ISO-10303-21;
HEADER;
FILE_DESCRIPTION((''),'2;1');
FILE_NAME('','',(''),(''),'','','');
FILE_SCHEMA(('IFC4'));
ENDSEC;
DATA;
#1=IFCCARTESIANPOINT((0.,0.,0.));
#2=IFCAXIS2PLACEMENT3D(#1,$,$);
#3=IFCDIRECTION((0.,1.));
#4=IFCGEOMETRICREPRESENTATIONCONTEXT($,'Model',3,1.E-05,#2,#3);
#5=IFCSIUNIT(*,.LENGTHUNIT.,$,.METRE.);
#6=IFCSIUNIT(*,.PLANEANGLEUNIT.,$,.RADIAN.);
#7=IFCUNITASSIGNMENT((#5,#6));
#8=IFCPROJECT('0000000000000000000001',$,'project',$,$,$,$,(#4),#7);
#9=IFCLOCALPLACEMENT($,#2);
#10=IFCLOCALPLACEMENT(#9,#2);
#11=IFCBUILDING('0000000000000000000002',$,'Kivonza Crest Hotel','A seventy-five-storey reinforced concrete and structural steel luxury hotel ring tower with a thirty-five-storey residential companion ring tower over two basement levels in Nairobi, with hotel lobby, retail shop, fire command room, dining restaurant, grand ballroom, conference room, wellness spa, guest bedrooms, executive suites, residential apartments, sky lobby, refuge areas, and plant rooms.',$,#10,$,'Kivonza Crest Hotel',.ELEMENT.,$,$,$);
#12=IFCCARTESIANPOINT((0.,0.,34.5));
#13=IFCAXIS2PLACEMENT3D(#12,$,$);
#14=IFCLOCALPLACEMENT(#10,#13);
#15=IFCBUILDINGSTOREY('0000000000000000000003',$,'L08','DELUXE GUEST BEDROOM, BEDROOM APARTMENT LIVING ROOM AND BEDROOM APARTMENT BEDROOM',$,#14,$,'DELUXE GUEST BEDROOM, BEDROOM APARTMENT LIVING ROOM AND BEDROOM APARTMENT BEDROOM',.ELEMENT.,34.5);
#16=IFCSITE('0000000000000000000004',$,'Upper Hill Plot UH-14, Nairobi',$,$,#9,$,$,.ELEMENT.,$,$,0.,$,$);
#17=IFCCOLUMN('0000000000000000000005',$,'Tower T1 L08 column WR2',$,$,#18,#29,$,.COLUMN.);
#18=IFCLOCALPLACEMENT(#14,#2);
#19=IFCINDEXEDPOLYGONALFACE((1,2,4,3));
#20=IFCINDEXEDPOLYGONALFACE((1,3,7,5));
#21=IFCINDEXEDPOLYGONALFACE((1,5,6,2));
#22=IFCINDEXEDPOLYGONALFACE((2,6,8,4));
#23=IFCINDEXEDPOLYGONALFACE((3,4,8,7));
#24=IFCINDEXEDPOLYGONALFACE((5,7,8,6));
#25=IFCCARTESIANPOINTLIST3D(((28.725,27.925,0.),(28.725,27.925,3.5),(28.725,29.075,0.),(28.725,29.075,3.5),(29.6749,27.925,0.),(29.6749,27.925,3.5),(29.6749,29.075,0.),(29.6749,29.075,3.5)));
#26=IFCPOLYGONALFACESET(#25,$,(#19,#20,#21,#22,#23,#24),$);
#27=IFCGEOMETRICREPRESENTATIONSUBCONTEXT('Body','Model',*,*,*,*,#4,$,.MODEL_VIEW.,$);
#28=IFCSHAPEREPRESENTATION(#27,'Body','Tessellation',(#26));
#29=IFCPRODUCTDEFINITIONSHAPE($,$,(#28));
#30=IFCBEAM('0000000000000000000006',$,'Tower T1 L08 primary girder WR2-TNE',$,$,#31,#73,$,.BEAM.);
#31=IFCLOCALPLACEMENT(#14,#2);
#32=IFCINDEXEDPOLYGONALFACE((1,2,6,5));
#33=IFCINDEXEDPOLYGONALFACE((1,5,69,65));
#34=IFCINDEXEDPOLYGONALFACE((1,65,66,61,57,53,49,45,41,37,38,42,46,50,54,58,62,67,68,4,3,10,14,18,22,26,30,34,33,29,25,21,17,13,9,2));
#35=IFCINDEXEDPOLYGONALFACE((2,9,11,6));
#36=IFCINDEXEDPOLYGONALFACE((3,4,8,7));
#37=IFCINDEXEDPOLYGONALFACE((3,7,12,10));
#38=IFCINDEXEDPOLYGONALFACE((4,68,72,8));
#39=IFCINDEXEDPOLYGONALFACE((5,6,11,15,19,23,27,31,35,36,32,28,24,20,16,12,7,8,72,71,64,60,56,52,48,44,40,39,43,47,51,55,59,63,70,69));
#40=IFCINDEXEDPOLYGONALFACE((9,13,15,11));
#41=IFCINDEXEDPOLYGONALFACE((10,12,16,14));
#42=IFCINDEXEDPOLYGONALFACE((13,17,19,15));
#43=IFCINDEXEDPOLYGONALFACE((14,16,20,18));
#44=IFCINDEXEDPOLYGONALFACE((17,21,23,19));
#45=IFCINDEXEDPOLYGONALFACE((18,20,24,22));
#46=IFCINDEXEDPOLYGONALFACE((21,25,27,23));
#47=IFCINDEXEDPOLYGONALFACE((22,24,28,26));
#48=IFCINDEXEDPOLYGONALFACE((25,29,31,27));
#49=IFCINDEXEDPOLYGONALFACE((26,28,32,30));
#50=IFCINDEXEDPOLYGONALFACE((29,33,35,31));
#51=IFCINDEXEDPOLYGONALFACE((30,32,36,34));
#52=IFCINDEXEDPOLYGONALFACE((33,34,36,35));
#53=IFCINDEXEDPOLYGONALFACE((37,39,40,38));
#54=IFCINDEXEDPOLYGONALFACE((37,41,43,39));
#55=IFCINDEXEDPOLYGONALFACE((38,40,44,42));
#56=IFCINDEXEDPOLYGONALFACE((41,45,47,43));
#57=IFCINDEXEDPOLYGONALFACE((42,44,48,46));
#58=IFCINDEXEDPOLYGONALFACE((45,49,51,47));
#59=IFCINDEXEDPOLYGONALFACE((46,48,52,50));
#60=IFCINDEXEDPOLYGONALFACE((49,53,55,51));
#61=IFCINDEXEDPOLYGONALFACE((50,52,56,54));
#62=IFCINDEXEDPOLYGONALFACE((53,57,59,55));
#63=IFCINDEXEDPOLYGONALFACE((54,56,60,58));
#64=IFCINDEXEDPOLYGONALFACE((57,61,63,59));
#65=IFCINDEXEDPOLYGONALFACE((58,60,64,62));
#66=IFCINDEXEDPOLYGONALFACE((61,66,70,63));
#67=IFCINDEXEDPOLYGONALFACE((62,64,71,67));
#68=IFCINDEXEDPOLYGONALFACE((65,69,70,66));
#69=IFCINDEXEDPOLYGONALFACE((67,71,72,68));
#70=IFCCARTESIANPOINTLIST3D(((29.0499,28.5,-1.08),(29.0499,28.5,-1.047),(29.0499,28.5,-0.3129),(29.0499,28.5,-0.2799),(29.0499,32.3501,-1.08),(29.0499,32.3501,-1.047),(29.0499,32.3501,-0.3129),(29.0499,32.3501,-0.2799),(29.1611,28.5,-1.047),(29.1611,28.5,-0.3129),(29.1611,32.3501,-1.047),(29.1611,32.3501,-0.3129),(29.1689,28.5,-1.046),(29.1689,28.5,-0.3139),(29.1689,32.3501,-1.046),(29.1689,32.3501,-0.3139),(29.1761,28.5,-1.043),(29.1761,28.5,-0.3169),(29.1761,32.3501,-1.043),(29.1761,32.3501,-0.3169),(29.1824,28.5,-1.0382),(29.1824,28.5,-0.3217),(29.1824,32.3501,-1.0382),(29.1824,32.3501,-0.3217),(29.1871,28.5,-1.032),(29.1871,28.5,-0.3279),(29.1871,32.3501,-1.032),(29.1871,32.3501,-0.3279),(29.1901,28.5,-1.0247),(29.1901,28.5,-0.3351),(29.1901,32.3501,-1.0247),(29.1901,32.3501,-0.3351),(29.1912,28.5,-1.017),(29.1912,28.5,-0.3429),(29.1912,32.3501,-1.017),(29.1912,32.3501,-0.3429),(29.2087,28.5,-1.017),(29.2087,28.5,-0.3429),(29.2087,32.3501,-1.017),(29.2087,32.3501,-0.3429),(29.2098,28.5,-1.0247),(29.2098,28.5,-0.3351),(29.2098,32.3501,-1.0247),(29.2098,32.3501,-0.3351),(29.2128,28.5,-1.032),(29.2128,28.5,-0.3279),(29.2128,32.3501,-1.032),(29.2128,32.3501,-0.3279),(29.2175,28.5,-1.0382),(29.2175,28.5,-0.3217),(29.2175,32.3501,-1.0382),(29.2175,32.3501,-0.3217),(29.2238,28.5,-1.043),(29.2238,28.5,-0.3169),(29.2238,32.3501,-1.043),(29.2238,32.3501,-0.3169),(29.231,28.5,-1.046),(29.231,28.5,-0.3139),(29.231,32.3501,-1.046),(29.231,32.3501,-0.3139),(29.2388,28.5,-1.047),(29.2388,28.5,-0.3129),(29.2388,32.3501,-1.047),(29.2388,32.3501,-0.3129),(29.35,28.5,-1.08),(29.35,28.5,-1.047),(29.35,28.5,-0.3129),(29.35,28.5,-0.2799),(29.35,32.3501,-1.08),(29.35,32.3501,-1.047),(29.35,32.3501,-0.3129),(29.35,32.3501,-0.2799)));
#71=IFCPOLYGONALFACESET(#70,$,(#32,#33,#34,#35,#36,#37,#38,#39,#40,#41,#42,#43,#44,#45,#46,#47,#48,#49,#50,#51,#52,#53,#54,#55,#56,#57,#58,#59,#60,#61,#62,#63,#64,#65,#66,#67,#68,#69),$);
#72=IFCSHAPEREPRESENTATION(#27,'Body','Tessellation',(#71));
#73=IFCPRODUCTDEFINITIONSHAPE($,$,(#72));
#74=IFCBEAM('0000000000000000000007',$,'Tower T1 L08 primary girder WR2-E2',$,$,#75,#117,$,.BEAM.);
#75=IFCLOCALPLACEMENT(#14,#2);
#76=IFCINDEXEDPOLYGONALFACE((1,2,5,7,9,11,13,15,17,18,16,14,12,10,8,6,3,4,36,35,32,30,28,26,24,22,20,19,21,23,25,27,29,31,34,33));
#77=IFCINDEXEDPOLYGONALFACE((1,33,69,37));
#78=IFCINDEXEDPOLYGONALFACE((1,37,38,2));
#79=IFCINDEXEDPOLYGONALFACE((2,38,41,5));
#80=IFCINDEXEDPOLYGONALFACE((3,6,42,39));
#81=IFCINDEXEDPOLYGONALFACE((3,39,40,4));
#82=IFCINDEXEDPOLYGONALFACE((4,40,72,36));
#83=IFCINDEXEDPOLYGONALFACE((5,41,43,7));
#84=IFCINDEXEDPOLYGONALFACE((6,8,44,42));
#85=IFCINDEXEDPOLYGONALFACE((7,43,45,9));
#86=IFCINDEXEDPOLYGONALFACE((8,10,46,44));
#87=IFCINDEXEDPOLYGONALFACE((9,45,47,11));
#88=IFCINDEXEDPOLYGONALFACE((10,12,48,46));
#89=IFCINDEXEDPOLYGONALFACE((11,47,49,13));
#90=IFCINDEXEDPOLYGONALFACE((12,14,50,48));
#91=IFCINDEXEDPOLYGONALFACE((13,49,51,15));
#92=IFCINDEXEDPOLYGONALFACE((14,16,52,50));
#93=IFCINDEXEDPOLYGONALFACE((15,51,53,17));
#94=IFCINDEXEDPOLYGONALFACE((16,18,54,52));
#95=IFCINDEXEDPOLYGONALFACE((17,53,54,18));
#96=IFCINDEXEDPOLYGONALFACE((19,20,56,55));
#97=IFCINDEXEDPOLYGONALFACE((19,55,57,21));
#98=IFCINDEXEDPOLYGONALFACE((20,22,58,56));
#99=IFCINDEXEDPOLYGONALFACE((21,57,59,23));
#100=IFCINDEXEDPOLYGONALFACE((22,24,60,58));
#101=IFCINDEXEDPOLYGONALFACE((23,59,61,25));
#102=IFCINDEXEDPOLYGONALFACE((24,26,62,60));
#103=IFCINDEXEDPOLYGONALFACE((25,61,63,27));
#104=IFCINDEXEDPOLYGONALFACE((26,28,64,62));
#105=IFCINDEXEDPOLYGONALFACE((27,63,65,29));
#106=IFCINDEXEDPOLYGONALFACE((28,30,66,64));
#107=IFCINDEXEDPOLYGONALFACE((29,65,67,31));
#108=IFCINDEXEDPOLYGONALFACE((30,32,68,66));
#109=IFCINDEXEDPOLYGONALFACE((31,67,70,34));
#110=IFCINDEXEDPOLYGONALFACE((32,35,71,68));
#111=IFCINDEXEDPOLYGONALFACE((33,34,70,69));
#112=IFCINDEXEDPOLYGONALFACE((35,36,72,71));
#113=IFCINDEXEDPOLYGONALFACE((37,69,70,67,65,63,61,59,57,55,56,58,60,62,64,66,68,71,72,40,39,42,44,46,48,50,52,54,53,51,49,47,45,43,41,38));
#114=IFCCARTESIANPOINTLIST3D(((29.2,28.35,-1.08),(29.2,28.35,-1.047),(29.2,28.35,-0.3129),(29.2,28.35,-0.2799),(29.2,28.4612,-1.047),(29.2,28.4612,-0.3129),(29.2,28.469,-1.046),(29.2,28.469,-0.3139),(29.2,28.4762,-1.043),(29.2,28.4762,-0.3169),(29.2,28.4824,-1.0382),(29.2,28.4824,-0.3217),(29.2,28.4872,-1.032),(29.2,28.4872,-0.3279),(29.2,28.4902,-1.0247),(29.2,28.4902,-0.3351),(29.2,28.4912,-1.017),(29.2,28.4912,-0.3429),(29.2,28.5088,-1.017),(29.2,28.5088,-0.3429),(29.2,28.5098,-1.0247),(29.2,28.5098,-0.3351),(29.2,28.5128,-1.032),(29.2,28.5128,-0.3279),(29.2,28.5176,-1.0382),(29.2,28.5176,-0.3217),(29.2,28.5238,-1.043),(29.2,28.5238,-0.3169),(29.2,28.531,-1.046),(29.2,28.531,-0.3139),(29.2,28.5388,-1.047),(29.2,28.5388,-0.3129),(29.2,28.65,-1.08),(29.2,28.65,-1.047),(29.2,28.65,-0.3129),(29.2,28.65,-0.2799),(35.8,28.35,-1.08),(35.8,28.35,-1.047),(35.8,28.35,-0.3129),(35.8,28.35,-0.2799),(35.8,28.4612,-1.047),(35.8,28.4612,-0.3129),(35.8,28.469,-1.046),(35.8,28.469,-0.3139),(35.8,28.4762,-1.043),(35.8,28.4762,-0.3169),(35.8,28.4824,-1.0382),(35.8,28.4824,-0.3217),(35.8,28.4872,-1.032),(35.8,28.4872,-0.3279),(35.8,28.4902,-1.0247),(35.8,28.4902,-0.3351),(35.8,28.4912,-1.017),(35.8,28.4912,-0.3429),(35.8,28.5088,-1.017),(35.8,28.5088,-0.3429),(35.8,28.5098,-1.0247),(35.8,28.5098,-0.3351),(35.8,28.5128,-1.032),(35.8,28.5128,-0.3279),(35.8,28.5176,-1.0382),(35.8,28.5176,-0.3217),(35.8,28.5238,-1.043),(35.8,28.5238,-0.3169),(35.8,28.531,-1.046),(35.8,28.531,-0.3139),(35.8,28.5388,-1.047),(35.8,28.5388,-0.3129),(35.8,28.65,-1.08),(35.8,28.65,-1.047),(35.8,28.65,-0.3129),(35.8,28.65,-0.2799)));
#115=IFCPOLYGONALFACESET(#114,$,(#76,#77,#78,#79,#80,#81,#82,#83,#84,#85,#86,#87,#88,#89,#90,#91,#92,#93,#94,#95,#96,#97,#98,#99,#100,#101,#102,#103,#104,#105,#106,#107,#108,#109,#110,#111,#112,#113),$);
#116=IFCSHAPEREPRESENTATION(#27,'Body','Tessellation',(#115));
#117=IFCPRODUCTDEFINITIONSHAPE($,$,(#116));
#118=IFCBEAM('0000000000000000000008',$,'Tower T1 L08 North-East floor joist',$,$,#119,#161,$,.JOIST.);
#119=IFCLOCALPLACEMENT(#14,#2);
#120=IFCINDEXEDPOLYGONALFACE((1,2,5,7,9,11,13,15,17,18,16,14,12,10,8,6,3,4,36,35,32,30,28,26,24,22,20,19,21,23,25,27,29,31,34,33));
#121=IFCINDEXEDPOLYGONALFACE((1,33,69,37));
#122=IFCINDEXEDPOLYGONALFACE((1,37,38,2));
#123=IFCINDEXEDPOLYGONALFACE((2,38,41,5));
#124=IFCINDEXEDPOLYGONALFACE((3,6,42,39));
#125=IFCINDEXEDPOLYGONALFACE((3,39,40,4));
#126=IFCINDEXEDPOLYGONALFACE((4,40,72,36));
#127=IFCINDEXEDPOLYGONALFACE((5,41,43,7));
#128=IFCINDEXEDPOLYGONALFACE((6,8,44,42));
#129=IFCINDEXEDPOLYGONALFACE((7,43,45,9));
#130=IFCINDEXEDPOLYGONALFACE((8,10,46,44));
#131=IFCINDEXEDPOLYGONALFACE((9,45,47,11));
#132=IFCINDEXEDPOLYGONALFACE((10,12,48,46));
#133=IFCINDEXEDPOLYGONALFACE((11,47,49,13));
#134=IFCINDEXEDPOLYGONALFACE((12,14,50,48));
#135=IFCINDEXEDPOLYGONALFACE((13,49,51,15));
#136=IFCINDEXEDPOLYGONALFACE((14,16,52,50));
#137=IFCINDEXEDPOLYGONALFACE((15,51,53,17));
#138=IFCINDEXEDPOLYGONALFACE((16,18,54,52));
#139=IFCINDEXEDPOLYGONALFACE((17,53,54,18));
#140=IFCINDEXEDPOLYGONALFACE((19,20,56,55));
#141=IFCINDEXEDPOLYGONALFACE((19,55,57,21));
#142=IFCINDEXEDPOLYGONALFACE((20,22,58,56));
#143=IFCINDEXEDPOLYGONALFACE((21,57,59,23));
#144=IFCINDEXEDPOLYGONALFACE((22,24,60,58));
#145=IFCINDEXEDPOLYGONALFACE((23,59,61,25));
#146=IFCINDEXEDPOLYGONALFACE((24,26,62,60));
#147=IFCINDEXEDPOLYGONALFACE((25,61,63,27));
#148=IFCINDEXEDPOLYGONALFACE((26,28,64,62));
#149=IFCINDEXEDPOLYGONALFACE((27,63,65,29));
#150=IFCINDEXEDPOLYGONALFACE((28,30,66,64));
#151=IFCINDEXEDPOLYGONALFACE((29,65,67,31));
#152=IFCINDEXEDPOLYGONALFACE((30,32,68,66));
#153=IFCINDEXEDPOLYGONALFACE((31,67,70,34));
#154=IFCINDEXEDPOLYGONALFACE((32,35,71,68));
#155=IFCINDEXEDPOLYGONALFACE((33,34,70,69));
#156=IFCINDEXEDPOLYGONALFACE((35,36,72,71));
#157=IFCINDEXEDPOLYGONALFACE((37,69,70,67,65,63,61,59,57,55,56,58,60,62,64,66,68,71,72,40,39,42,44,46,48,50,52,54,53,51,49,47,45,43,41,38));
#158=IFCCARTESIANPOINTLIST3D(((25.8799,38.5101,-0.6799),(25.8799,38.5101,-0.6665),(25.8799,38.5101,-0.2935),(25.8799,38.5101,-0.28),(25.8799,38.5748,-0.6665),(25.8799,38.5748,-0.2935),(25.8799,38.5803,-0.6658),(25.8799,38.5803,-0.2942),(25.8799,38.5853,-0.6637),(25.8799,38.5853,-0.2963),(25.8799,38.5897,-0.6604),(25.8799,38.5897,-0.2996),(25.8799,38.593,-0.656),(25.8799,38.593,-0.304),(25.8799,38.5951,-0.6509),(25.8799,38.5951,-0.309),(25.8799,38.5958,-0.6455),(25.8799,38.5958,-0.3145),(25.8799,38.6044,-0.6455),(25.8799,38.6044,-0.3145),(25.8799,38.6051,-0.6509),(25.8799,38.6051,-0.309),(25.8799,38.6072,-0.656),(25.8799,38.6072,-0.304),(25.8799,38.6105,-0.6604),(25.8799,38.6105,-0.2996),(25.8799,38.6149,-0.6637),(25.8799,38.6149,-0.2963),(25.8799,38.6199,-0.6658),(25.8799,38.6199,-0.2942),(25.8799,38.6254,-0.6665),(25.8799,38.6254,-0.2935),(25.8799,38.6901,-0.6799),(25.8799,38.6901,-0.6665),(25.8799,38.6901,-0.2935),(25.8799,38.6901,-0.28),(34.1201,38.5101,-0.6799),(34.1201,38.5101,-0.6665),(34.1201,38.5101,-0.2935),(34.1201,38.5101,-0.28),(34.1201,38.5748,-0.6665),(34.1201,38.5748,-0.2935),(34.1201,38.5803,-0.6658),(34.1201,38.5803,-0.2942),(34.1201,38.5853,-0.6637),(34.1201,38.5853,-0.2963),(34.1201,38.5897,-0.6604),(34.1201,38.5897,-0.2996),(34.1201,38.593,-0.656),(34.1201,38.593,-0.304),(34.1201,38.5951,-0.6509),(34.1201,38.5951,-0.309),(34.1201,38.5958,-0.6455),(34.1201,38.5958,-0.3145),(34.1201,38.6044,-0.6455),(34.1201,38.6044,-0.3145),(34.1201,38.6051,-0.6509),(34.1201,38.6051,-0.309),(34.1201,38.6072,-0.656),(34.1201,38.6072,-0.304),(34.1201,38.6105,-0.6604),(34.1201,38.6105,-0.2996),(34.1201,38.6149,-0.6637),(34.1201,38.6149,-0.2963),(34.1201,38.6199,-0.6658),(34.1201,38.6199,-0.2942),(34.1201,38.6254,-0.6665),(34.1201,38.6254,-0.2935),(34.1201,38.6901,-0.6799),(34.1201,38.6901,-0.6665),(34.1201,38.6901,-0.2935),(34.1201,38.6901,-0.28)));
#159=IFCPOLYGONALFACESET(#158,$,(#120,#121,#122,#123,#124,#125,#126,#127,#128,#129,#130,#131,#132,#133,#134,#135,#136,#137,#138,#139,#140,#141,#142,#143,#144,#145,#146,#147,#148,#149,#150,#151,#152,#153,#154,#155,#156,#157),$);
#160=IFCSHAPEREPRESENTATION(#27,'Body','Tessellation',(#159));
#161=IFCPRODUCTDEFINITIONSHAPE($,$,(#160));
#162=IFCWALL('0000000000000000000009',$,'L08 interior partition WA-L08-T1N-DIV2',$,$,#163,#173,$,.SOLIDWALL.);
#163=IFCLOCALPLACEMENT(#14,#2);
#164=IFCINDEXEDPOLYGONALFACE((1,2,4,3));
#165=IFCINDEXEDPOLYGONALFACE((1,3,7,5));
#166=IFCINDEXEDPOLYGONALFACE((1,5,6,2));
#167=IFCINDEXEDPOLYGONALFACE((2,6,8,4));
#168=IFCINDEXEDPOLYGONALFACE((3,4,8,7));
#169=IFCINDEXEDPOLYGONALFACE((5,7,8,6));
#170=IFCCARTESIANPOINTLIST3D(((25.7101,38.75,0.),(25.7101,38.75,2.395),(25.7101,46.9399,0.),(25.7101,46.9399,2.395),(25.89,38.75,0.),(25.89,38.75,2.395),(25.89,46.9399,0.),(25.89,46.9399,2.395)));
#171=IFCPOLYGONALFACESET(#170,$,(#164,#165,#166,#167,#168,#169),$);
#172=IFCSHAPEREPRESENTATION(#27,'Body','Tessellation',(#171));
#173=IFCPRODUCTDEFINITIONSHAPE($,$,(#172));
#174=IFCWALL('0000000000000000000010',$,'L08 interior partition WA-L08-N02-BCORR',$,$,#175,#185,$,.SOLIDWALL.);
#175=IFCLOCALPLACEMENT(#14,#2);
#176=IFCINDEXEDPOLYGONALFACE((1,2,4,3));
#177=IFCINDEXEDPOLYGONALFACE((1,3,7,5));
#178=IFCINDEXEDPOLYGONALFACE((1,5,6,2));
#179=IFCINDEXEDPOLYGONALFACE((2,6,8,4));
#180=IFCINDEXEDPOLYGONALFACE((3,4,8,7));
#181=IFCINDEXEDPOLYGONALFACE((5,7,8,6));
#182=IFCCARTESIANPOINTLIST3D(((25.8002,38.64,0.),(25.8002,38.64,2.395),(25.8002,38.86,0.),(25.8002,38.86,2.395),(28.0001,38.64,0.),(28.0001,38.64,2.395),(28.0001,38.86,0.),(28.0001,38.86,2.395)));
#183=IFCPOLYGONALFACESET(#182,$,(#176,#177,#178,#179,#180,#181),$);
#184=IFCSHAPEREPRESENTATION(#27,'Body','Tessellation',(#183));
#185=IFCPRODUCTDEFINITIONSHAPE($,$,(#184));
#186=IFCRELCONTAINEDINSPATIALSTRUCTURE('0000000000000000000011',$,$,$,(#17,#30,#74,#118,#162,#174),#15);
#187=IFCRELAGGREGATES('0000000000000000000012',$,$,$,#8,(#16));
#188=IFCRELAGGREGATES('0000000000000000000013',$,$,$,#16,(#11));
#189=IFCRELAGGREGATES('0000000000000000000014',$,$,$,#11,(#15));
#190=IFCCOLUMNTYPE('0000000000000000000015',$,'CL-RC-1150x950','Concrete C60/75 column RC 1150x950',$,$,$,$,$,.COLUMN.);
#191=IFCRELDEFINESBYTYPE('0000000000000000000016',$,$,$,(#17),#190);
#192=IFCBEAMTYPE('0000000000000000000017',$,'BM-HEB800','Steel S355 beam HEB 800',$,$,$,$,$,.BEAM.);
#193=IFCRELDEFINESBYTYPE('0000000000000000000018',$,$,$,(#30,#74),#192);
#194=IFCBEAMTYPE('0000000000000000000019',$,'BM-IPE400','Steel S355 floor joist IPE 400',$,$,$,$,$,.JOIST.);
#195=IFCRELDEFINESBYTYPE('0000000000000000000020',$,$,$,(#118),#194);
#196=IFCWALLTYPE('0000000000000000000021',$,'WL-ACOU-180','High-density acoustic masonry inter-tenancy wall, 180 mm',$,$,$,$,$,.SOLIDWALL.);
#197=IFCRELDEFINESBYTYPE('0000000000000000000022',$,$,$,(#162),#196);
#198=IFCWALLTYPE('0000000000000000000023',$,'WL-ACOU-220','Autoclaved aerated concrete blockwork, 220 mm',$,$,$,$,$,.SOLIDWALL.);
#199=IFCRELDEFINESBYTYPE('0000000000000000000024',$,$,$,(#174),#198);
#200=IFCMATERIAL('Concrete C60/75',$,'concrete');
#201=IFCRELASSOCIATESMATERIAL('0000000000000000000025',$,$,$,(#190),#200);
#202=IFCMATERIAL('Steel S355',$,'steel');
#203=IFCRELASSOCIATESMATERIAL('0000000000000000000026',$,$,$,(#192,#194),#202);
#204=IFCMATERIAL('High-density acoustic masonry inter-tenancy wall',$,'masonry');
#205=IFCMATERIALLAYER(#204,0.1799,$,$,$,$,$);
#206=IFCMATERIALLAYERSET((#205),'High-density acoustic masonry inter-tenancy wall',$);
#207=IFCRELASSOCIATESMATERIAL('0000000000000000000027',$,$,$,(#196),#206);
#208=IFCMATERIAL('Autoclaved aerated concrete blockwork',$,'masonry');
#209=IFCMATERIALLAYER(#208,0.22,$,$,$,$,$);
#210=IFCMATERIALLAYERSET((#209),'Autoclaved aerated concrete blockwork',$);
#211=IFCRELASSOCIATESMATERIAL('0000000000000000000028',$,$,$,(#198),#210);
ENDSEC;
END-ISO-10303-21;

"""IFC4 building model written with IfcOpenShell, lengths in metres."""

from ifc_helpers import new_model, si_unit, direction, frame, frame_2d, origin, origin_2d, place, context, subcontext, project, spatial, rectangle, i_section, extrude, material, layer, layer_set, material_profile, profile_set, type_object, element, save


model = new_model("IFC4")

# Units and contexts
model_context = context("Model", 3, precision=1e-05, world=origin(), true_north=direction((0.0, 1.0)))
body_context = subcontext(model_context, "Body", "Model", "MODEL_VIEW")
ifc_project = project(units=[si_unit("LENGTHUNIT", "METRE"), si_unit("PLANEANGLEUNIT", "RADIAN")], contexts=[model_context])

# Site, building, storey
site_placement = place(None, origin())
site = spatial("IfcSite", under=ifc_project, at=site_placement, Name="Upper Hill Plot UH-14, Nairobi", CompositionType="ELEMENT", RefElevation=0.0)
building_placement = place(site_placement, origin())
building = spatial("IfcBuilding", under=site, at=building_placement, Name="Kivonza Crest Hotel", Description="A seventy-five-storey reinforced concrete and structural steel luxury hotel ring tower with a thirty-five-storey residential companion ring tower over two basement levels in Nairobi, with hotel lobby, retail shop, fire command room, dining restaurant, grand ballroom, conference room, wellness spa, guest bedrooms, executive suites, residential apartments, sky lobby, refuge areas, and plant rooms.", LongName="Kivonza Crest Hotel", CompositionType="ELEMENT")
storey_placement = place(building_placement, frame((0.0, 0.0, 34.5)))
storey = spatial("IfcBuildingStorey", under=building, at=storey_placement, Name="L08", Description="DELUXE GUEST BEDROOM, BEDROOM APARTMENT LIVING ROOM AND BEDROOM APARTMENT BEDROOM", LongName="DELUXE GUEST BEDROOM, BEDROOM APARTMENT LIVING ROOM AND BEDROOM APARTMENT BEDROOM", CompositionType="ELEMENT", Elevation=34.5)

# Column
ifc_material_1 = material(Name="Concrete C60/75", Category="concrete")
ifc_material_profile_1 = material_profile(ifc_material_1, rectangle(XDim=0.95, YDim=1.1499, at=origin_2d()), Name="RC 1150x950")
ifc_profile_set_1 = profile_set([ifc_material_profile_1], Name="Concrete C60/75")
column_type = type_object("IfcColumnType", Name="CL-RC-1150x950", Description="Concrete C60/75 column RC 1150x950", PredefinedType="COLUMN", material=ifc_profile_set_1)
column_placement = place(storey_placement, frame((29.2, 28.5, 0.0), z_axis=(0.0, 0.0, 1.0), x_axis=(1.0, 0.0, 0.0)))
element("IfcColumn", 1, at=column_placement, inside=storey, type_object=column_type, Name="Tower T1 L08 column WR2", PredefinedType="COLUMN", context=body_context, shape_type="SweptSolid", body=[
    extrude(rectangle(XDim=0.95, YDim=1.1499, at=origin_2d()), origin(), (0.0, 0.0, 1.0), 3.5),
])

# Beams
ifc_material_2 = material(Name="Steel S355", Category="steel")
ifc_material_profile_2 = material_profile(ifc_material_2, i_section(OverallWidth=0.3, OverallDepth=0.8, WebThickness=0.0176, FlangeThickness=0.033, FilletRadius=0.03, at=origin_2d()), Name="HEB 800")
ifc_profile_set_2 = profile_set([ifc_material_profile_2], Name="Steel S355")
beam_type_1 = type_object("IfcBeamType", Name="BM-HEB800", Description="Steel S355 beam HEB 800", PredefinedType="BEAM", material=ifc_profile_set_2)
beam_1_placement = place(storey_placement, frame((29.2, 28.5, -0.6799), z_axis=(0.0, 1.0, 0.0), x_axis=(-1.0, 0.0, 0.0)))
element("IfcBeam", 2, at=beam_1_placement, inside=storey, type_object=beam_type_1, Name="Tower T1 L08 primary girder WR2-TNE", PredefinedType="BEAM", context=body_context, shape_type="SweptSolid", body=[
    extrude(i_section(OverallWidth=0.3, OverallDepth=0.8, WebThickness=0.0176, FlangeThickness=0.033, FilletRadius=0.03, at=origin_2d()), origin(), (0.0, 0.0, 1.0), 3.8501),
])
beam_2_placement = place(storey_placement, frame((29.2, 28.5, -0.6799), z_axis=(1.0, 0.0, 0.0), x_axis=(0.0, 1.0, 0.0)))
element("IfcBeam", 3, at=beam_2_placement, inside=storey, type_object=beam_type_1, Name="Tower T1 L08 primary girder WR2-E2", PredefinedType="BEAM", context=body_context, shape_type="SweptSolid", body=[
    extrude(i_section(OverallWidth=0.3, OverallDepth=0.8, WebThickness=0.0176, FlangeThickness=0.033, FilletRadius=0.03, at=origin_2d()), origin(), (0.0, 0.0, 1.0), 6.6001),
])
ifc_material_profile_3 = material_profile(ifc_material_2, i_section(OverallWidth=0.1799, OverallDepth=0.3999, WebThickness=0.0085, FlangeThickness=0.0134, FilletRadius=0.021, at=origin_2d()), Name="IPE 400")
ifc_profile_set_3 = profile_set([ifc_material_profile_3], Name="Steel S355")
beam_type_2 = type_object("IfcBeamType", Name="BM-IPE400", Description="Steel S355 floor joist IPE 400", PredefinedType="JOIST", material=ifc_profile_set_3)
beam_3_placement = place(storey_placement, frame((25.8799, 38.6001, -0.48), z_axis=(1.0, 0.0, 0.0), x_axis=(0.0, 1.0, 0.0)))
element("IfcBeam", 4, at=beam_3_placement, inside=storey, type_object=beam_type_2, Name="Tower T1 L08 North-East floor joist", PredefinedType="JOIST", context=body_context, shape_type="SweptSolid", body=[
    extrude(i_section(OverallWidth=0.1799, OverallDepth=0.3999, WebThickness=0.0085, FlangeThickness=0.0134, FilletRadius=0.021, at=origin_2d()), origin(), (0.0, 0.0, 1.0), 8.2402),
])

# Walls
ifc_material_3 = material(Name="High-density acoustic masonry inter-tenancy wall", Category="masonry")
ifc_layer_1 = layer(ifc_material_3, 0.1799)
ifc_layer_set_1 = layer_set([ifc_layer_1], Name="High-density acoustic masonry inter-tenancy wall")
wall_type_1 = type_object("IfcWallType", Name="WL-ACOU-180", Description="High-density acoustic masonry inter-tenancy wall, 180 mm", PredefinedType="SOLIDWALL", material=ifc_layer_set_1)
wall_1_placement = place(storey_placement, frame((25.8, 38.75, 0.0), z_axis=(0.0, 0.0, 1.0), x_axis=(0.0, 1.0, 0.0)))
element("IfcWall", 5, at=wall_1_placement, inside=storey, type_object=wall_type_1, Name="L08 interior partition WA-L08-T1N-DIV2", PredefinedType="SOLIDWALL", context=body_context, shape_type="SweptSolid", body=[
    extrude(rectangle(XDim=8.1899, YDim=0.1799, at=frame_2d((4.095, 0.0))), origin(), (0.0, 0.0, 1.0), 2.395),
])
ifc_material_4 = material(Name="Autoclaved aerated concrete blockwork", Category="masonry")
ifc_layer_2 = layer(ifc_material_4, 0.22)
ifc_layer_set_2 = layer_set([ifc_layer_2], Name="Autoclaved aerated concrete blockwork")
wall_type_2 = type_object("IfcWallType", Name="WL-ACOU-220", Description="Autoclaved aerated concrete blockwork, 220 mm", PredefinedType="SOLIDWALL", material=ifc_layer_set_2)
wall_2_placement = place(storey_placement, frame((25.8, 38.75, 0.0), z_axis=(0.0, 0.0, 1.0), x_axis=(1.0, 0.0, 0.0)))
element("IfcWall", 6, at=wall_2_placement, inside=storey, type_object=wall_type_2, Name="L08 interior partition WA-L08-N02-BCORR", PredefinedType="SOLIDWALL", context=body_context, shape_type="SweptSolid", body=[
    extrude(rectangle(XDim=2.2, YDim=0.22, at=frame_2d((1.1001, 0.0))), origin(), (0.0, 0.0, 1.0), 2.395),
])

save(model, "model.ifc")
